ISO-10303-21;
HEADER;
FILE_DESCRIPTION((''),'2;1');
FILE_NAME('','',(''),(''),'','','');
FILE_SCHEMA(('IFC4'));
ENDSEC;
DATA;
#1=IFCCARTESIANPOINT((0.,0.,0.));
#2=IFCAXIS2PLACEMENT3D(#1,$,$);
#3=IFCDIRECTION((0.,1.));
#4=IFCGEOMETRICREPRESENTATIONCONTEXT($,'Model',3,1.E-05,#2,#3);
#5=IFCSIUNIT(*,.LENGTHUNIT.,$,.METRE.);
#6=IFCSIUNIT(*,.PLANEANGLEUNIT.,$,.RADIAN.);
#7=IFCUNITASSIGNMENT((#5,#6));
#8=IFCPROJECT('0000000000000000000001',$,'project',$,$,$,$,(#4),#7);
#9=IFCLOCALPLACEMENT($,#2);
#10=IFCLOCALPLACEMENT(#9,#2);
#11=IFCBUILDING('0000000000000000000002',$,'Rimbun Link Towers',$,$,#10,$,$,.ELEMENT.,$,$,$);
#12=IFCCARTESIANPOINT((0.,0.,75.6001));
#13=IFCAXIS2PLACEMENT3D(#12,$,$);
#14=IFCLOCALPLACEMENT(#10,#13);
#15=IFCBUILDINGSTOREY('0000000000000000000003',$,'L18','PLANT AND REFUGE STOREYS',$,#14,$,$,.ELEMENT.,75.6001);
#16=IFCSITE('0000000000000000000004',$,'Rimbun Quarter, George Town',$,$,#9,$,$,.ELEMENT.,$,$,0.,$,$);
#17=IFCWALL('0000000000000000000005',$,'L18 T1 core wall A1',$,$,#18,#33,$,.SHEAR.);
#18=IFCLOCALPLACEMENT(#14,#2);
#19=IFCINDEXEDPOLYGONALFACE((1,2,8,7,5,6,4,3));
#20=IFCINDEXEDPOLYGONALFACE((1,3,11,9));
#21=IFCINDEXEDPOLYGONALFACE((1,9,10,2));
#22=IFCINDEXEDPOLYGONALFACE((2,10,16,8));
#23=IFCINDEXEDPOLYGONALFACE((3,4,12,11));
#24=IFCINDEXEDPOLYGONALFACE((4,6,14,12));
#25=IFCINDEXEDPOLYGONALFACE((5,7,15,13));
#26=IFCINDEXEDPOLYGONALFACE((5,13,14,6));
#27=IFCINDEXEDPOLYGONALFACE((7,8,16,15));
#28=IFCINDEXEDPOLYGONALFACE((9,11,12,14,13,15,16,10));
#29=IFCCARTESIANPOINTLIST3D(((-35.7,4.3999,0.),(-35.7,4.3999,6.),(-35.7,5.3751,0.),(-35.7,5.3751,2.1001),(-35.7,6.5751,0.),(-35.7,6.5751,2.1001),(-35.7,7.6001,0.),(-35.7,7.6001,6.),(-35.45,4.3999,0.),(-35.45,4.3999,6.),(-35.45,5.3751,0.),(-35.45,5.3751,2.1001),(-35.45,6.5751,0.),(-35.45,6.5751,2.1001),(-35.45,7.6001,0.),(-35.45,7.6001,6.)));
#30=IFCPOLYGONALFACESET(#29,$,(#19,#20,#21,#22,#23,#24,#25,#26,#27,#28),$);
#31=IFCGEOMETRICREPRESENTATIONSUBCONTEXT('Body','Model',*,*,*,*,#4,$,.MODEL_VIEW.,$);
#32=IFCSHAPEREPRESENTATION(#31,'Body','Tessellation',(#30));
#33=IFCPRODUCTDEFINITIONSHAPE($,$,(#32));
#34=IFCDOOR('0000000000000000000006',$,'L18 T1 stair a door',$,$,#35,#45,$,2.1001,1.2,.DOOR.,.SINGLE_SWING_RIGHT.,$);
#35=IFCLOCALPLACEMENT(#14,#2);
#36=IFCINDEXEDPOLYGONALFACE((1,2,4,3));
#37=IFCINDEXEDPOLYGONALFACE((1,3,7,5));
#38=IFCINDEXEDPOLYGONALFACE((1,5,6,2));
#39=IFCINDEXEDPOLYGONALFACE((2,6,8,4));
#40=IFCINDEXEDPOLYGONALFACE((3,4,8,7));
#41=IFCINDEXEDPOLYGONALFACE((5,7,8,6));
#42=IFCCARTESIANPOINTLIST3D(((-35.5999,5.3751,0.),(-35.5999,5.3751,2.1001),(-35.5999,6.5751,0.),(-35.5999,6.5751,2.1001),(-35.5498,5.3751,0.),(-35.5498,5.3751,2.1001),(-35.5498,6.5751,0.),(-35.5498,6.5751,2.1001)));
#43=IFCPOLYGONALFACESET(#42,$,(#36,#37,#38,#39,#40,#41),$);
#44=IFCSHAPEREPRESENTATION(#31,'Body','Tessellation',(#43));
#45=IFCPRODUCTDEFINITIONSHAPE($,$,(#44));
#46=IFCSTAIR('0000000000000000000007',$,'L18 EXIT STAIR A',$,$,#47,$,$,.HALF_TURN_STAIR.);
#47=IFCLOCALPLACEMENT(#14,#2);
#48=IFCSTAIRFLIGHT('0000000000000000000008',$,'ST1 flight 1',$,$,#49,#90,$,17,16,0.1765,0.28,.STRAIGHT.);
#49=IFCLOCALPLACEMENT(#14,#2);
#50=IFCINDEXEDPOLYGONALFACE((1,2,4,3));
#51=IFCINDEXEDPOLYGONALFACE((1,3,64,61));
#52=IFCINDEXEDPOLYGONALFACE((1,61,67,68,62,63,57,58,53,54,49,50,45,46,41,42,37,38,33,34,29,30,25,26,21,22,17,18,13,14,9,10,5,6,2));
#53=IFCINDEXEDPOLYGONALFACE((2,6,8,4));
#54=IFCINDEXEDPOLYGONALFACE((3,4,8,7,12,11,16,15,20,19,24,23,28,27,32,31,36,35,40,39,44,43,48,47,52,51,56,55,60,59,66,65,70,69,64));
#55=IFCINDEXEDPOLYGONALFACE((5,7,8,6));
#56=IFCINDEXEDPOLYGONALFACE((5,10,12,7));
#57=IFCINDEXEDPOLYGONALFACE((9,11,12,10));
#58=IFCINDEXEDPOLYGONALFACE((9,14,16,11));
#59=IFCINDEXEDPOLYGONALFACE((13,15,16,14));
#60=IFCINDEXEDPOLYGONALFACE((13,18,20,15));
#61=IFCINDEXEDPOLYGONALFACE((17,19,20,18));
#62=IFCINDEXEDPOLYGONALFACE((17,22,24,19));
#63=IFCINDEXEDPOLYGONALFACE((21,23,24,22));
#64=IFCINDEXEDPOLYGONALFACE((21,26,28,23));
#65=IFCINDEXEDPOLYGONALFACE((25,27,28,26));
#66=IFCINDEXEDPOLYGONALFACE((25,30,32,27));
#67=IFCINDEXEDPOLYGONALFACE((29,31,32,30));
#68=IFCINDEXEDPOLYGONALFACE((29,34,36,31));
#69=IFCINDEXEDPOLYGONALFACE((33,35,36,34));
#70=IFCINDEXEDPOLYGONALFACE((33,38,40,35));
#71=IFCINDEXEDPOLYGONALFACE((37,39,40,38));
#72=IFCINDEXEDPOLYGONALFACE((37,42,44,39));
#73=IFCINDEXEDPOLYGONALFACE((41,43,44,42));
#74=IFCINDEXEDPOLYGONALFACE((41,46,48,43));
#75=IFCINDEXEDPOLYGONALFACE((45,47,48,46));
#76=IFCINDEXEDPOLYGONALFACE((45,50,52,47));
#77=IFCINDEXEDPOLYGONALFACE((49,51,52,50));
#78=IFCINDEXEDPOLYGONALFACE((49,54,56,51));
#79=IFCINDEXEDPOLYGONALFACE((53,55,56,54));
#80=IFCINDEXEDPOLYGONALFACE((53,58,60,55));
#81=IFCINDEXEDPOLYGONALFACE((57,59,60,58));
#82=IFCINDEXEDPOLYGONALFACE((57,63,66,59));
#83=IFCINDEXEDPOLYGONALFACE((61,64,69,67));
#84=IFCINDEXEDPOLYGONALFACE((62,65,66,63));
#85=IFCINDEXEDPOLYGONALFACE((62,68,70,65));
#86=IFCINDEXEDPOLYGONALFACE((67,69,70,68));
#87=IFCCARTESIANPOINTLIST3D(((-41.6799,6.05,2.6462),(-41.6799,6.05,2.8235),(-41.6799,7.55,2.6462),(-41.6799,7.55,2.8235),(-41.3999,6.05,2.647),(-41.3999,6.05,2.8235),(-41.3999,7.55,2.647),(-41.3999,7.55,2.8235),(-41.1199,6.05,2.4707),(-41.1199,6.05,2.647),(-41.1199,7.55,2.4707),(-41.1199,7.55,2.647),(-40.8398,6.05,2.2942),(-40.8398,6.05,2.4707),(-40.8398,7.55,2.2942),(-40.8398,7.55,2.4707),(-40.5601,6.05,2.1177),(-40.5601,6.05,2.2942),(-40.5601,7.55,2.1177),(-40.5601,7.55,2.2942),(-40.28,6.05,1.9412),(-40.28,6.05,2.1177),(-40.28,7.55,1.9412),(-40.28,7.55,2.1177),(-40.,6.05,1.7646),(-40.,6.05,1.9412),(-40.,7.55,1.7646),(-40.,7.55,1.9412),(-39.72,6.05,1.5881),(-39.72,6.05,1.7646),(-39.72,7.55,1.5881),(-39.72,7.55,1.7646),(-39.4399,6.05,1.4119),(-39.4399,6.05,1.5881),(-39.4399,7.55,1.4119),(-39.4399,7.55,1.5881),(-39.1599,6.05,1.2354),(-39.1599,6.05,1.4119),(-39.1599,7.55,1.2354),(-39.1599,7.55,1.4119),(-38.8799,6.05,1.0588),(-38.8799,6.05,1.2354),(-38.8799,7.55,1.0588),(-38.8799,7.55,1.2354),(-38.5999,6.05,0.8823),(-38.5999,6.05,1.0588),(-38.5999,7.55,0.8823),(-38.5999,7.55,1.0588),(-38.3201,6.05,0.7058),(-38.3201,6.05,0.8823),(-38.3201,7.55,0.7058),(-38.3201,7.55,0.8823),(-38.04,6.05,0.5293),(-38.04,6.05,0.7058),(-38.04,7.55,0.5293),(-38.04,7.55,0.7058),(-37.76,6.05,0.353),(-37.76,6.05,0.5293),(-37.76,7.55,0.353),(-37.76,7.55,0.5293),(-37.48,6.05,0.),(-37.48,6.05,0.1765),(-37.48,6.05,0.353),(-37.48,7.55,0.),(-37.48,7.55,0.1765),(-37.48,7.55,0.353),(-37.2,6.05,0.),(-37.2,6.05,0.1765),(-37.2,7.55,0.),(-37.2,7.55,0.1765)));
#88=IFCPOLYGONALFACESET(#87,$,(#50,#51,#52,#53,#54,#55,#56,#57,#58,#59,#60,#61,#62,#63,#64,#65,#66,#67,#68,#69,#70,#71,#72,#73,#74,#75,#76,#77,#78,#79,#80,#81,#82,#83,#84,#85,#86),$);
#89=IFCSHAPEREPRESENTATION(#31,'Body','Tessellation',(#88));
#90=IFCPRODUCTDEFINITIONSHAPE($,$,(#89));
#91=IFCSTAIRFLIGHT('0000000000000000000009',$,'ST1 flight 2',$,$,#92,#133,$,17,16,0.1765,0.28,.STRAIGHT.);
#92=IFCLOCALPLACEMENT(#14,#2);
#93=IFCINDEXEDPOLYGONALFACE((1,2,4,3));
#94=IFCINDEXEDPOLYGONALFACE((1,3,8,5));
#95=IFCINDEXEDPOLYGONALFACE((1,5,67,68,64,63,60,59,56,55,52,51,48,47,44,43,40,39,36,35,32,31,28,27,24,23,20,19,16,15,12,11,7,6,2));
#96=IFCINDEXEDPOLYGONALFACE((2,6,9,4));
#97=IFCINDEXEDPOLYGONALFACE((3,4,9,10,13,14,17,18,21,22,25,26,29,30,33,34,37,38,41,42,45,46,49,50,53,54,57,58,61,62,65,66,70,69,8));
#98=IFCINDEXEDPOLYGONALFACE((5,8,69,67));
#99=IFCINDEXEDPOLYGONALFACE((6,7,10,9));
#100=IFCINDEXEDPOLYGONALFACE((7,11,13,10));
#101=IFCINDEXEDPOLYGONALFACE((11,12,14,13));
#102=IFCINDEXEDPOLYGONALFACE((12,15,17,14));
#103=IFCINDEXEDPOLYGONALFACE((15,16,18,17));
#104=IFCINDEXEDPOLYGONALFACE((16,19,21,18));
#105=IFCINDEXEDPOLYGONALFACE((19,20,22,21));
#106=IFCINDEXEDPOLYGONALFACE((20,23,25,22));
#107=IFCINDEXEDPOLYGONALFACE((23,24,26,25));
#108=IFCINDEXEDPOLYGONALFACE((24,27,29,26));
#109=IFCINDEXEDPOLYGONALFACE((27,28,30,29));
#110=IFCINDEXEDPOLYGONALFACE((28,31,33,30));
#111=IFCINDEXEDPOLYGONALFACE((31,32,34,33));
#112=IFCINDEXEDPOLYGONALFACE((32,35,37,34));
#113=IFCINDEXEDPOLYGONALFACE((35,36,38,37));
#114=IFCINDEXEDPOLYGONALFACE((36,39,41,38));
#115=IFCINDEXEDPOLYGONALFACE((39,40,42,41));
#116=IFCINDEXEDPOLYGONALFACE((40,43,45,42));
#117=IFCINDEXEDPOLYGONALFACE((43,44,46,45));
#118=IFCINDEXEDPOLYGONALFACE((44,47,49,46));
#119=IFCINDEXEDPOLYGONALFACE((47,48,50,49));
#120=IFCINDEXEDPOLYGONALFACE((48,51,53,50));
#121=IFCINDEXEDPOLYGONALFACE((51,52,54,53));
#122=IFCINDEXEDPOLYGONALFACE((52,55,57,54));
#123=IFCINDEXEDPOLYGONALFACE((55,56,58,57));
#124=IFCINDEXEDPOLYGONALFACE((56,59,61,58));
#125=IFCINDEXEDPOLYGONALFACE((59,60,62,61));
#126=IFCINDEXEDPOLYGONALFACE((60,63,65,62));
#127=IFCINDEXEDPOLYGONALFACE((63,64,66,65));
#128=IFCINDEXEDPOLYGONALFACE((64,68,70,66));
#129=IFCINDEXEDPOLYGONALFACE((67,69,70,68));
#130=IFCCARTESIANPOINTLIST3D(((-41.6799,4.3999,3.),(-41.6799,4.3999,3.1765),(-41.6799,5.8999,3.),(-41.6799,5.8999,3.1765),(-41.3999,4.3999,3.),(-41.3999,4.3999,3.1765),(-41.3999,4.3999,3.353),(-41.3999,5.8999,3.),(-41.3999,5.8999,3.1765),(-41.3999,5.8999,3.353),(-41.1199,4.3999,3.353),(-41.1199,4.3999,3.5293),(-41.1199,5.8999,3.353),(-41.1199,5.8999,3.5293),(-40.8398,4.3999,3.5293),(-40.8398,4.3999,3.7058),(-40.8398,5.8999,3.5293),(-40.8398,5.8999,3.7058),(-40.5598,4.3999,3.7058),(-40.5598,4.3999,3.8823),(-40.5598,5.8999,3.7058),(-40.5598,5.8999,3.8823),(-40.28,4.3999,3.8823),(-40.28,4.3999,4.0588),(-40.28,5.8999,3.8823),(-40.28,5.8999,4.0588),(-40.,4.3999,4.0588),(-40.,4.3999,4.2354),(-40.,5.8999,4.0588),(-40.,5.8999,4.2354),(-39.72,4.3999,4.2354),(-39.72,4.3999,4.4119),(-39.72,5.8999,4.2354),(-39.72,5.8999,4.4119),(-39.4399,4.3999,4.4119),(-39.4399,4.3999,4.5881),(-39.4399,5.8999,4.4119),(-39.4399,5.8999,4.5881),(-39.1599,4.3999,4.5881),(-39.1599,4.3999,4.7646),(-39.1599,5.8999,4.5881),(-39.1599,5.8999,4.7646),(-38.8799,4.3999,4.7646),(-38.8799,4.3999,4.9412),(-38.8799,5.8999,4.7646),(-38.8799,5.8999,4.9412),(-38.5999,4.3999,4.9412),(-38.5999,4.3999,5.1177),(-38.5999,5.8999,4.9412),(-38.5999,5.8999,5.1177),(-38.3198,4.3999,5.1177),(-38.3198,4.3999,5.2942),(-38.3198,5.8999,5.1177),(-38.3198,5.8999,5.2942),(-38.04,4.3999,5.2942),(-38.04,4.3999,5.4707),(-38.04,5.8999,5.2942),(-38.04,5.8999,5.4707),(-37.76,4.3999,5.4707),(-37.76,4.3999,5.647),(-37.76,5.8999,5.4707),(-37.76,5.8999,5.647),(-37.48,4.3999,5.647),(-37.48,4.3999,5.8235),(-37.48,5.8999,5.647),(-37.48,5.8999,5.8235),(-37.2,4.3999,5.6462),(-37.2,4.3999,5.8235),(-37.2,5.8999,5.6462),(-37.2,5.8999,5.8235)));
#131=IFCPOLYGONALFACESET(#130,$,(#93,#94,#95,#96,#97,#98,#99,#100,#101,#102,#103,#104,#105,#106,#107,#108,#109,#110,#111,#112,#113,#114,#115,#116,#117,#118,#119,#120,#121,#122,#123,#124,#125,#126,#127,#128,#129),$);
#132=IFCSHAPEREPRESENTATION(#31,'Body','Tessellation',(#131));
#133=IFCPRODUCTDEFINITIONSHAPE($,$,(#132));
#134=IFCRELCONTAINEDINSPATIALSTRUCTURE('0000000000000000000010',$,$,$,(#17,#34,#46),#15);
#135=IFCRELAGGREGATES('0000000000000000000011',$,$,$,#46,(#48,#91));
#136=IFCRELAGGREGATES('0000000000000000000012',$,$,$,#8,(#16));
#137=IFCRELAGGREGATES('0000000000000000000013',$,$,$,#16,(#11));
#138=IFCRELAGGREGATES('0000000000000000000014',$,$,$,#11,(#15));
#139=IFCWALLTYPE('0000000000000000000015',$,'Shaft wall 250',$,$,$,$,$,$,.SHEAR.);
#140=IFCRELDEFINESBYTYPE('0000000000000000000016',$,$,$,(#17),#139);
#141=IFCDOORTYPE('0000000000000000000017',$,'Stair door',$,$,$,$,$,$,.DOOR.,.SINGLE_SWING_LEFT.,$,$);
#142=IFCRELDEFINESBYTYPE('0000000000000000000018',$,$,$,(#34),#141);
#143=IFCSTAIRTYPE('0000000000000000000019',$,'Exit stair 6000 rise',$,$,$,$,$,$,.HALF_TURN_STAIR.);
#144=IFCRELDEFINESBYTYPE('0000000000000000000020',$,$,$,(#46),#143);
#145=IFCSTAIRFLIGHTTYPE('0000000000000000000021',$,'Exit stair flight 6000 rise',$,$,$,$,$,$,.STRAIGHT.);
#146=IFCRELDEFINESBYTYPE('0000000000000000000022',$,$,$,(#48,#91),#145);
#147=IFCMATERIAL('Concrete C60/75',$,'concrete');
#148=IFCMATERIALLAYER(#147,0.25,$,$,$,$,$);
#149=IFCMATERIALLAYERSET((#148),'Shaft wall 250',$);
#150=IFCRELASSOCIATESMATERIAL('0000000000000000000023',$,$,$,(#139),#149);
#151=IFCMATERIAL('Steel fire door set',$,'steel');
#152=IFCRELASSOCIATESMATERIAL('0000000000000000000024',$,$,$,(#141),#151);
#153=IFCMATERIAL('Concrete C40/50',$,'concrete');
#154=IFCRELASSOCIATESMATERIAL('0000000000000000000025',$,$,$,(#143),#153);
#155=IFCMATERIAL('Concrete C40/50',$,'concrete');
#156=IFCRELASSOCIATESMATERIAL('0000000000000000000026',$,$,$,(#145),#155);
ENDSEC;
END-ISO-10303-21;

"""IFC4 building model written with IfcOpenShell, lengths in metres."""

from ifc_helpers import new_model, si_unit, direction, frame, frame_2d, origin, place, context, subcontext, project, spatial, polyline, rectangle, outline, extrude, material, layer, layer_set, type_object, element, fill, aggregate, save


model = new_model("IFC4")

# Units and contexts
model_context = context("Model", 3, precision=1e-05, world=origin(), true_north=direction((0.0, 1.0)))
body_context = subcontext(model_context, "Body", "Model", "MODEL_VIEW")
ifc_project = project(units=[si_unit("LENGTHUNIT", "METRE"), si_unit("PLANEANGLEUNIT", "RADIAN")], contexts=[model_context])

# Site, building, storey
site_placement = place(None, origin())
site = spatial("IfcSite", under=ifc_project, at=site_placement, Name="Rimbun Quarter, George Town", CompositionType="ELEMENT", RefElevation=0.0)
building_placement = place(site_placement, origin())
building = spatial("IfcBuilding", under=site, at=building_placement, Name="Rimbun Link Towers", CompositionType="ELEMENT")
storey_placement = place(building_placement, frame((0.0, 0.0, 75.6001)))
storey = spatial("IfcBuildingStorey", under=building, at=storey_placement, Name="L18", Description="PLANT AND REFUGE STOREYS", CompositionType="ELEMENT", Elevation=75.6001)

# Shared definitions
ifc_material_1 = material(Name="Concrete C60/75", Category="concrete")
ifc_layer_1 = layer(ifc_material_1, 0.25)
ifc_layer_set_1 = layer_set([ifc_layer_1], Name="Shaft wall 250")
wall_type_1 = type_object("IfcWallType", Name="Shaft wall 250", PredefinedType="SHEAR", material=ifc_layer_set_1)

# Wall, opening, door
wall_1_placement = place(storey_placement, frame((-35.575, 4.3999, 0.0), z_axis=(0.0, 0.0, 1.0), x_axis=(0.0, 1.0, 0.0)))
wall_1 = element("IfcWall", 1, at=wall_1_placement, inside=storey, type_object=wall_type_1, Name="L18 T1 core wall A1", PredefinedType="SHEAR", context=body_context, shape_type="SweptSolid", body=[
    extrude(rectangle(XDim=3.2002, YDim=0.25, at=frame_2d((1.6001, 0.0))), origin(), (0.0, 0.0, 1.0), 6.0),
])
opening_1_placement = place(wall_1_placement, frame((0.9751, 0.0, 0.0)))
opening_1 = element("IfcOpeningElement", 2, at=opening_1_placement, cuts=wall_1, PredefinedType="OPENING", context=body_context, shape_type="SweptSolid", body=[
    extrude(rectangle(XDim=1.2, YDim=2.1001, at=frame_2d((0.6001, 1.05))), frame((0.0, 0.135, 0.0), z_axis=(0.0, -1.0, 0.0), x_axis=(1.0, 0.0, 0.0)), (0.0, 0.0, 1.0), 0.27),
])
ifc_material_2 = material(Name="Steel fire door set", Category="steel")
door_type_1 = type_object("IfcDoorType", Name="Stair door", OperationType="SINGLE_SWING_LEFT", PredefinedType="DOOR", material=ifc_material_2)
door_1_placement = place(opening_1_placement, origin())
door_1 = element("IfcDoor", 3, at=door_1_placement, inside=storey, type_object=door_type_1, Name="L18 T1 stair a door", OperationType="SINGLE_SWING_RIGHT", OverallHeight=2.1001, OverallWidth=1.2, PredefinedType="DOOR", context=body_context, shape_type="SweptSolid", body=[
    extrude(rectangle(XDim=1.2, YDim=2.1001, at=frame_2d((0.6001, 1.05))), frame((0.0, 0.0249, 0.0), z_axis=(0.0, -1.0, 0.0), x_axis=(1.0, 0.0, 0.0)), (0.0, 0.0, 1.0), 0.05),
])
fill(opening_1, door_1)

# Stair, stair flights
ifc_material_3 = material(Name="Concrete C40/50", Category="concrete")
stair_type = type_object("IfcStairType", Name="Exit stair 6000 rise", PredefinedType="HALF_TURN_STAIR", material=ifc_material_3)
stair_placement = place(storey_placement, origin())
stair = element("IfcStair", 4, at=stair_placement, inside=storey, type_object=stair_type, Name="L18 EXIT STAIR A", PredefinedType="HALF_TURN_STAIR")
ifc_material_4 = material(Name="Concrete C40/50", Category="concrete")
stair_flight_type = type_object("IfcStairFlightType", Name="Exit stair flight 6000 rise", PredefinedType="STRAIGHT", material=ifc_material_4)
stair_flight_1_placement = place(storey_placement, frame((-37.2, 6.8, 0.0), z_axis=(0.0, 0.0, 1.0), x_axis=(-1.0, 0.0, 0.0)))
stair_flight_1 = element("IfcStairFlight", 5, at=stair_flight_1_placement, type_object=stair_flight_type, Name="ST1 flight 1", NumberOfRisers=17, NumberOfTreads=16, PredefinedType="STRAIGHT", RiserHeight=0.1765, TreadLength=0.28, context=body_context, shape_type="SweptSolid", body=[
    extrude(outline(polyline([(0.0, 0.0), (0.0, 0.1765), (0.28, 0.1765), (0.28, 0.353), (0.5601, 0.353), (0.5601, 0.5293), (0.8401, 0.5293), (0.8401, 0.7058), (1.1201, 0.7058), (1.1201, 0.8823), (1.3999, 0.8823), (1.3999, 1.0588), (1.6799, 1.0588), (1.6799, 1.2354), (1.96, 1.2354), (1.96, 1.4119), (2.24, 1.4119), (2.24, 1.5881), (2.52, 1.5881), (2.52, 1.7646), (2.8, 1.7646), (2.8, 1.9412), (3.0801, 1.9412), (3.0801, 2.1177), (3.3601, 2.1177), (3.3601, 2.2942), (3.6399, 2.2942), (3.6399, 2.4707), (3.9199, 2.4707), (3.9199, 2.647), (4.2, 2.647), (4.2, 2.8235), (4.48, 2.8235), (4.48, 3.0), (4.48, 2.6462), (0.28, 0.0), (0.0, 0.0)])), frame((0.0, 0.75, 0.0), z_axis=(0.0, -1.0, 0.0), x_axis=(1.0, 0.0, 0.0)), (0.0, 0.0, 1.0), 1.5),
])
stair_flight_2_placement = place(storey_placement, frame((-41.6799, 5.1499, 3.0), z_axis=(0.0, 0.0, 1.0), x_axis=(1.0, 0.0, 0.0)))
stair_flight_2 = element("IfcStairFlight", 6, at=stair_flight_2_placement, type_object=stair_flight_type, Name="ST1 flight 2", NumberOfRisers=17, NumberOfTreads=16, PredefinedType="STRAIGHT", RiserHeight=0.1765, TreadLength=0.28, context=body_context, shape_type="SweptSolid", body=[
    extrude(outline(polyline([(0.0, 0.0), (0.0, 0.1765), (0.28, 0.1765), (0.28, 0.353), (0.5601, 0.353), (0.5601, 0.5293), (0.8401, 0.5293), (0.8401, 0.7058), (1.1201, 0.7058), (1.1201, 0.8823), (1.3999, 0.8823), (1.3999, 1.0588), (1.6799, 1.0588), (1.6799, 1.2354), (1.96, 1.2354), (1.96, 1.4119), (2.24, 1.4119), (2.24, 1.5881), (2.52, 1.5881), (2.52, 1.7646), (2.8, 1.7646), (2.8, 1.9412), (3.0801, 1.9412), (3.0801, 2.1177), (3.3601, 2.1177), (3.3601, 2.2942), (3.6399, 2.2942), (3.6399, 2.4707), (3.9199, 2.4707), (3.9199, 2.647), (4.2, 2.647), (4.2, 2.8235), (4.48, 2.8235), (4.48, 3.0), (4.48, 2.6462), (0.28, 0.0), (0.0, 0.0)])), frame((0.0, 0.75, 0.0), z_axis=(0.0, -1.0, 0.0), x_axis=(1.0, 0.0, 0.0)), (0.0, 0.0, 1.0), 1.5),
])
aggregate(stair, [stair_flight_1, stair_flight_2])

save(model, "model.ifc")
